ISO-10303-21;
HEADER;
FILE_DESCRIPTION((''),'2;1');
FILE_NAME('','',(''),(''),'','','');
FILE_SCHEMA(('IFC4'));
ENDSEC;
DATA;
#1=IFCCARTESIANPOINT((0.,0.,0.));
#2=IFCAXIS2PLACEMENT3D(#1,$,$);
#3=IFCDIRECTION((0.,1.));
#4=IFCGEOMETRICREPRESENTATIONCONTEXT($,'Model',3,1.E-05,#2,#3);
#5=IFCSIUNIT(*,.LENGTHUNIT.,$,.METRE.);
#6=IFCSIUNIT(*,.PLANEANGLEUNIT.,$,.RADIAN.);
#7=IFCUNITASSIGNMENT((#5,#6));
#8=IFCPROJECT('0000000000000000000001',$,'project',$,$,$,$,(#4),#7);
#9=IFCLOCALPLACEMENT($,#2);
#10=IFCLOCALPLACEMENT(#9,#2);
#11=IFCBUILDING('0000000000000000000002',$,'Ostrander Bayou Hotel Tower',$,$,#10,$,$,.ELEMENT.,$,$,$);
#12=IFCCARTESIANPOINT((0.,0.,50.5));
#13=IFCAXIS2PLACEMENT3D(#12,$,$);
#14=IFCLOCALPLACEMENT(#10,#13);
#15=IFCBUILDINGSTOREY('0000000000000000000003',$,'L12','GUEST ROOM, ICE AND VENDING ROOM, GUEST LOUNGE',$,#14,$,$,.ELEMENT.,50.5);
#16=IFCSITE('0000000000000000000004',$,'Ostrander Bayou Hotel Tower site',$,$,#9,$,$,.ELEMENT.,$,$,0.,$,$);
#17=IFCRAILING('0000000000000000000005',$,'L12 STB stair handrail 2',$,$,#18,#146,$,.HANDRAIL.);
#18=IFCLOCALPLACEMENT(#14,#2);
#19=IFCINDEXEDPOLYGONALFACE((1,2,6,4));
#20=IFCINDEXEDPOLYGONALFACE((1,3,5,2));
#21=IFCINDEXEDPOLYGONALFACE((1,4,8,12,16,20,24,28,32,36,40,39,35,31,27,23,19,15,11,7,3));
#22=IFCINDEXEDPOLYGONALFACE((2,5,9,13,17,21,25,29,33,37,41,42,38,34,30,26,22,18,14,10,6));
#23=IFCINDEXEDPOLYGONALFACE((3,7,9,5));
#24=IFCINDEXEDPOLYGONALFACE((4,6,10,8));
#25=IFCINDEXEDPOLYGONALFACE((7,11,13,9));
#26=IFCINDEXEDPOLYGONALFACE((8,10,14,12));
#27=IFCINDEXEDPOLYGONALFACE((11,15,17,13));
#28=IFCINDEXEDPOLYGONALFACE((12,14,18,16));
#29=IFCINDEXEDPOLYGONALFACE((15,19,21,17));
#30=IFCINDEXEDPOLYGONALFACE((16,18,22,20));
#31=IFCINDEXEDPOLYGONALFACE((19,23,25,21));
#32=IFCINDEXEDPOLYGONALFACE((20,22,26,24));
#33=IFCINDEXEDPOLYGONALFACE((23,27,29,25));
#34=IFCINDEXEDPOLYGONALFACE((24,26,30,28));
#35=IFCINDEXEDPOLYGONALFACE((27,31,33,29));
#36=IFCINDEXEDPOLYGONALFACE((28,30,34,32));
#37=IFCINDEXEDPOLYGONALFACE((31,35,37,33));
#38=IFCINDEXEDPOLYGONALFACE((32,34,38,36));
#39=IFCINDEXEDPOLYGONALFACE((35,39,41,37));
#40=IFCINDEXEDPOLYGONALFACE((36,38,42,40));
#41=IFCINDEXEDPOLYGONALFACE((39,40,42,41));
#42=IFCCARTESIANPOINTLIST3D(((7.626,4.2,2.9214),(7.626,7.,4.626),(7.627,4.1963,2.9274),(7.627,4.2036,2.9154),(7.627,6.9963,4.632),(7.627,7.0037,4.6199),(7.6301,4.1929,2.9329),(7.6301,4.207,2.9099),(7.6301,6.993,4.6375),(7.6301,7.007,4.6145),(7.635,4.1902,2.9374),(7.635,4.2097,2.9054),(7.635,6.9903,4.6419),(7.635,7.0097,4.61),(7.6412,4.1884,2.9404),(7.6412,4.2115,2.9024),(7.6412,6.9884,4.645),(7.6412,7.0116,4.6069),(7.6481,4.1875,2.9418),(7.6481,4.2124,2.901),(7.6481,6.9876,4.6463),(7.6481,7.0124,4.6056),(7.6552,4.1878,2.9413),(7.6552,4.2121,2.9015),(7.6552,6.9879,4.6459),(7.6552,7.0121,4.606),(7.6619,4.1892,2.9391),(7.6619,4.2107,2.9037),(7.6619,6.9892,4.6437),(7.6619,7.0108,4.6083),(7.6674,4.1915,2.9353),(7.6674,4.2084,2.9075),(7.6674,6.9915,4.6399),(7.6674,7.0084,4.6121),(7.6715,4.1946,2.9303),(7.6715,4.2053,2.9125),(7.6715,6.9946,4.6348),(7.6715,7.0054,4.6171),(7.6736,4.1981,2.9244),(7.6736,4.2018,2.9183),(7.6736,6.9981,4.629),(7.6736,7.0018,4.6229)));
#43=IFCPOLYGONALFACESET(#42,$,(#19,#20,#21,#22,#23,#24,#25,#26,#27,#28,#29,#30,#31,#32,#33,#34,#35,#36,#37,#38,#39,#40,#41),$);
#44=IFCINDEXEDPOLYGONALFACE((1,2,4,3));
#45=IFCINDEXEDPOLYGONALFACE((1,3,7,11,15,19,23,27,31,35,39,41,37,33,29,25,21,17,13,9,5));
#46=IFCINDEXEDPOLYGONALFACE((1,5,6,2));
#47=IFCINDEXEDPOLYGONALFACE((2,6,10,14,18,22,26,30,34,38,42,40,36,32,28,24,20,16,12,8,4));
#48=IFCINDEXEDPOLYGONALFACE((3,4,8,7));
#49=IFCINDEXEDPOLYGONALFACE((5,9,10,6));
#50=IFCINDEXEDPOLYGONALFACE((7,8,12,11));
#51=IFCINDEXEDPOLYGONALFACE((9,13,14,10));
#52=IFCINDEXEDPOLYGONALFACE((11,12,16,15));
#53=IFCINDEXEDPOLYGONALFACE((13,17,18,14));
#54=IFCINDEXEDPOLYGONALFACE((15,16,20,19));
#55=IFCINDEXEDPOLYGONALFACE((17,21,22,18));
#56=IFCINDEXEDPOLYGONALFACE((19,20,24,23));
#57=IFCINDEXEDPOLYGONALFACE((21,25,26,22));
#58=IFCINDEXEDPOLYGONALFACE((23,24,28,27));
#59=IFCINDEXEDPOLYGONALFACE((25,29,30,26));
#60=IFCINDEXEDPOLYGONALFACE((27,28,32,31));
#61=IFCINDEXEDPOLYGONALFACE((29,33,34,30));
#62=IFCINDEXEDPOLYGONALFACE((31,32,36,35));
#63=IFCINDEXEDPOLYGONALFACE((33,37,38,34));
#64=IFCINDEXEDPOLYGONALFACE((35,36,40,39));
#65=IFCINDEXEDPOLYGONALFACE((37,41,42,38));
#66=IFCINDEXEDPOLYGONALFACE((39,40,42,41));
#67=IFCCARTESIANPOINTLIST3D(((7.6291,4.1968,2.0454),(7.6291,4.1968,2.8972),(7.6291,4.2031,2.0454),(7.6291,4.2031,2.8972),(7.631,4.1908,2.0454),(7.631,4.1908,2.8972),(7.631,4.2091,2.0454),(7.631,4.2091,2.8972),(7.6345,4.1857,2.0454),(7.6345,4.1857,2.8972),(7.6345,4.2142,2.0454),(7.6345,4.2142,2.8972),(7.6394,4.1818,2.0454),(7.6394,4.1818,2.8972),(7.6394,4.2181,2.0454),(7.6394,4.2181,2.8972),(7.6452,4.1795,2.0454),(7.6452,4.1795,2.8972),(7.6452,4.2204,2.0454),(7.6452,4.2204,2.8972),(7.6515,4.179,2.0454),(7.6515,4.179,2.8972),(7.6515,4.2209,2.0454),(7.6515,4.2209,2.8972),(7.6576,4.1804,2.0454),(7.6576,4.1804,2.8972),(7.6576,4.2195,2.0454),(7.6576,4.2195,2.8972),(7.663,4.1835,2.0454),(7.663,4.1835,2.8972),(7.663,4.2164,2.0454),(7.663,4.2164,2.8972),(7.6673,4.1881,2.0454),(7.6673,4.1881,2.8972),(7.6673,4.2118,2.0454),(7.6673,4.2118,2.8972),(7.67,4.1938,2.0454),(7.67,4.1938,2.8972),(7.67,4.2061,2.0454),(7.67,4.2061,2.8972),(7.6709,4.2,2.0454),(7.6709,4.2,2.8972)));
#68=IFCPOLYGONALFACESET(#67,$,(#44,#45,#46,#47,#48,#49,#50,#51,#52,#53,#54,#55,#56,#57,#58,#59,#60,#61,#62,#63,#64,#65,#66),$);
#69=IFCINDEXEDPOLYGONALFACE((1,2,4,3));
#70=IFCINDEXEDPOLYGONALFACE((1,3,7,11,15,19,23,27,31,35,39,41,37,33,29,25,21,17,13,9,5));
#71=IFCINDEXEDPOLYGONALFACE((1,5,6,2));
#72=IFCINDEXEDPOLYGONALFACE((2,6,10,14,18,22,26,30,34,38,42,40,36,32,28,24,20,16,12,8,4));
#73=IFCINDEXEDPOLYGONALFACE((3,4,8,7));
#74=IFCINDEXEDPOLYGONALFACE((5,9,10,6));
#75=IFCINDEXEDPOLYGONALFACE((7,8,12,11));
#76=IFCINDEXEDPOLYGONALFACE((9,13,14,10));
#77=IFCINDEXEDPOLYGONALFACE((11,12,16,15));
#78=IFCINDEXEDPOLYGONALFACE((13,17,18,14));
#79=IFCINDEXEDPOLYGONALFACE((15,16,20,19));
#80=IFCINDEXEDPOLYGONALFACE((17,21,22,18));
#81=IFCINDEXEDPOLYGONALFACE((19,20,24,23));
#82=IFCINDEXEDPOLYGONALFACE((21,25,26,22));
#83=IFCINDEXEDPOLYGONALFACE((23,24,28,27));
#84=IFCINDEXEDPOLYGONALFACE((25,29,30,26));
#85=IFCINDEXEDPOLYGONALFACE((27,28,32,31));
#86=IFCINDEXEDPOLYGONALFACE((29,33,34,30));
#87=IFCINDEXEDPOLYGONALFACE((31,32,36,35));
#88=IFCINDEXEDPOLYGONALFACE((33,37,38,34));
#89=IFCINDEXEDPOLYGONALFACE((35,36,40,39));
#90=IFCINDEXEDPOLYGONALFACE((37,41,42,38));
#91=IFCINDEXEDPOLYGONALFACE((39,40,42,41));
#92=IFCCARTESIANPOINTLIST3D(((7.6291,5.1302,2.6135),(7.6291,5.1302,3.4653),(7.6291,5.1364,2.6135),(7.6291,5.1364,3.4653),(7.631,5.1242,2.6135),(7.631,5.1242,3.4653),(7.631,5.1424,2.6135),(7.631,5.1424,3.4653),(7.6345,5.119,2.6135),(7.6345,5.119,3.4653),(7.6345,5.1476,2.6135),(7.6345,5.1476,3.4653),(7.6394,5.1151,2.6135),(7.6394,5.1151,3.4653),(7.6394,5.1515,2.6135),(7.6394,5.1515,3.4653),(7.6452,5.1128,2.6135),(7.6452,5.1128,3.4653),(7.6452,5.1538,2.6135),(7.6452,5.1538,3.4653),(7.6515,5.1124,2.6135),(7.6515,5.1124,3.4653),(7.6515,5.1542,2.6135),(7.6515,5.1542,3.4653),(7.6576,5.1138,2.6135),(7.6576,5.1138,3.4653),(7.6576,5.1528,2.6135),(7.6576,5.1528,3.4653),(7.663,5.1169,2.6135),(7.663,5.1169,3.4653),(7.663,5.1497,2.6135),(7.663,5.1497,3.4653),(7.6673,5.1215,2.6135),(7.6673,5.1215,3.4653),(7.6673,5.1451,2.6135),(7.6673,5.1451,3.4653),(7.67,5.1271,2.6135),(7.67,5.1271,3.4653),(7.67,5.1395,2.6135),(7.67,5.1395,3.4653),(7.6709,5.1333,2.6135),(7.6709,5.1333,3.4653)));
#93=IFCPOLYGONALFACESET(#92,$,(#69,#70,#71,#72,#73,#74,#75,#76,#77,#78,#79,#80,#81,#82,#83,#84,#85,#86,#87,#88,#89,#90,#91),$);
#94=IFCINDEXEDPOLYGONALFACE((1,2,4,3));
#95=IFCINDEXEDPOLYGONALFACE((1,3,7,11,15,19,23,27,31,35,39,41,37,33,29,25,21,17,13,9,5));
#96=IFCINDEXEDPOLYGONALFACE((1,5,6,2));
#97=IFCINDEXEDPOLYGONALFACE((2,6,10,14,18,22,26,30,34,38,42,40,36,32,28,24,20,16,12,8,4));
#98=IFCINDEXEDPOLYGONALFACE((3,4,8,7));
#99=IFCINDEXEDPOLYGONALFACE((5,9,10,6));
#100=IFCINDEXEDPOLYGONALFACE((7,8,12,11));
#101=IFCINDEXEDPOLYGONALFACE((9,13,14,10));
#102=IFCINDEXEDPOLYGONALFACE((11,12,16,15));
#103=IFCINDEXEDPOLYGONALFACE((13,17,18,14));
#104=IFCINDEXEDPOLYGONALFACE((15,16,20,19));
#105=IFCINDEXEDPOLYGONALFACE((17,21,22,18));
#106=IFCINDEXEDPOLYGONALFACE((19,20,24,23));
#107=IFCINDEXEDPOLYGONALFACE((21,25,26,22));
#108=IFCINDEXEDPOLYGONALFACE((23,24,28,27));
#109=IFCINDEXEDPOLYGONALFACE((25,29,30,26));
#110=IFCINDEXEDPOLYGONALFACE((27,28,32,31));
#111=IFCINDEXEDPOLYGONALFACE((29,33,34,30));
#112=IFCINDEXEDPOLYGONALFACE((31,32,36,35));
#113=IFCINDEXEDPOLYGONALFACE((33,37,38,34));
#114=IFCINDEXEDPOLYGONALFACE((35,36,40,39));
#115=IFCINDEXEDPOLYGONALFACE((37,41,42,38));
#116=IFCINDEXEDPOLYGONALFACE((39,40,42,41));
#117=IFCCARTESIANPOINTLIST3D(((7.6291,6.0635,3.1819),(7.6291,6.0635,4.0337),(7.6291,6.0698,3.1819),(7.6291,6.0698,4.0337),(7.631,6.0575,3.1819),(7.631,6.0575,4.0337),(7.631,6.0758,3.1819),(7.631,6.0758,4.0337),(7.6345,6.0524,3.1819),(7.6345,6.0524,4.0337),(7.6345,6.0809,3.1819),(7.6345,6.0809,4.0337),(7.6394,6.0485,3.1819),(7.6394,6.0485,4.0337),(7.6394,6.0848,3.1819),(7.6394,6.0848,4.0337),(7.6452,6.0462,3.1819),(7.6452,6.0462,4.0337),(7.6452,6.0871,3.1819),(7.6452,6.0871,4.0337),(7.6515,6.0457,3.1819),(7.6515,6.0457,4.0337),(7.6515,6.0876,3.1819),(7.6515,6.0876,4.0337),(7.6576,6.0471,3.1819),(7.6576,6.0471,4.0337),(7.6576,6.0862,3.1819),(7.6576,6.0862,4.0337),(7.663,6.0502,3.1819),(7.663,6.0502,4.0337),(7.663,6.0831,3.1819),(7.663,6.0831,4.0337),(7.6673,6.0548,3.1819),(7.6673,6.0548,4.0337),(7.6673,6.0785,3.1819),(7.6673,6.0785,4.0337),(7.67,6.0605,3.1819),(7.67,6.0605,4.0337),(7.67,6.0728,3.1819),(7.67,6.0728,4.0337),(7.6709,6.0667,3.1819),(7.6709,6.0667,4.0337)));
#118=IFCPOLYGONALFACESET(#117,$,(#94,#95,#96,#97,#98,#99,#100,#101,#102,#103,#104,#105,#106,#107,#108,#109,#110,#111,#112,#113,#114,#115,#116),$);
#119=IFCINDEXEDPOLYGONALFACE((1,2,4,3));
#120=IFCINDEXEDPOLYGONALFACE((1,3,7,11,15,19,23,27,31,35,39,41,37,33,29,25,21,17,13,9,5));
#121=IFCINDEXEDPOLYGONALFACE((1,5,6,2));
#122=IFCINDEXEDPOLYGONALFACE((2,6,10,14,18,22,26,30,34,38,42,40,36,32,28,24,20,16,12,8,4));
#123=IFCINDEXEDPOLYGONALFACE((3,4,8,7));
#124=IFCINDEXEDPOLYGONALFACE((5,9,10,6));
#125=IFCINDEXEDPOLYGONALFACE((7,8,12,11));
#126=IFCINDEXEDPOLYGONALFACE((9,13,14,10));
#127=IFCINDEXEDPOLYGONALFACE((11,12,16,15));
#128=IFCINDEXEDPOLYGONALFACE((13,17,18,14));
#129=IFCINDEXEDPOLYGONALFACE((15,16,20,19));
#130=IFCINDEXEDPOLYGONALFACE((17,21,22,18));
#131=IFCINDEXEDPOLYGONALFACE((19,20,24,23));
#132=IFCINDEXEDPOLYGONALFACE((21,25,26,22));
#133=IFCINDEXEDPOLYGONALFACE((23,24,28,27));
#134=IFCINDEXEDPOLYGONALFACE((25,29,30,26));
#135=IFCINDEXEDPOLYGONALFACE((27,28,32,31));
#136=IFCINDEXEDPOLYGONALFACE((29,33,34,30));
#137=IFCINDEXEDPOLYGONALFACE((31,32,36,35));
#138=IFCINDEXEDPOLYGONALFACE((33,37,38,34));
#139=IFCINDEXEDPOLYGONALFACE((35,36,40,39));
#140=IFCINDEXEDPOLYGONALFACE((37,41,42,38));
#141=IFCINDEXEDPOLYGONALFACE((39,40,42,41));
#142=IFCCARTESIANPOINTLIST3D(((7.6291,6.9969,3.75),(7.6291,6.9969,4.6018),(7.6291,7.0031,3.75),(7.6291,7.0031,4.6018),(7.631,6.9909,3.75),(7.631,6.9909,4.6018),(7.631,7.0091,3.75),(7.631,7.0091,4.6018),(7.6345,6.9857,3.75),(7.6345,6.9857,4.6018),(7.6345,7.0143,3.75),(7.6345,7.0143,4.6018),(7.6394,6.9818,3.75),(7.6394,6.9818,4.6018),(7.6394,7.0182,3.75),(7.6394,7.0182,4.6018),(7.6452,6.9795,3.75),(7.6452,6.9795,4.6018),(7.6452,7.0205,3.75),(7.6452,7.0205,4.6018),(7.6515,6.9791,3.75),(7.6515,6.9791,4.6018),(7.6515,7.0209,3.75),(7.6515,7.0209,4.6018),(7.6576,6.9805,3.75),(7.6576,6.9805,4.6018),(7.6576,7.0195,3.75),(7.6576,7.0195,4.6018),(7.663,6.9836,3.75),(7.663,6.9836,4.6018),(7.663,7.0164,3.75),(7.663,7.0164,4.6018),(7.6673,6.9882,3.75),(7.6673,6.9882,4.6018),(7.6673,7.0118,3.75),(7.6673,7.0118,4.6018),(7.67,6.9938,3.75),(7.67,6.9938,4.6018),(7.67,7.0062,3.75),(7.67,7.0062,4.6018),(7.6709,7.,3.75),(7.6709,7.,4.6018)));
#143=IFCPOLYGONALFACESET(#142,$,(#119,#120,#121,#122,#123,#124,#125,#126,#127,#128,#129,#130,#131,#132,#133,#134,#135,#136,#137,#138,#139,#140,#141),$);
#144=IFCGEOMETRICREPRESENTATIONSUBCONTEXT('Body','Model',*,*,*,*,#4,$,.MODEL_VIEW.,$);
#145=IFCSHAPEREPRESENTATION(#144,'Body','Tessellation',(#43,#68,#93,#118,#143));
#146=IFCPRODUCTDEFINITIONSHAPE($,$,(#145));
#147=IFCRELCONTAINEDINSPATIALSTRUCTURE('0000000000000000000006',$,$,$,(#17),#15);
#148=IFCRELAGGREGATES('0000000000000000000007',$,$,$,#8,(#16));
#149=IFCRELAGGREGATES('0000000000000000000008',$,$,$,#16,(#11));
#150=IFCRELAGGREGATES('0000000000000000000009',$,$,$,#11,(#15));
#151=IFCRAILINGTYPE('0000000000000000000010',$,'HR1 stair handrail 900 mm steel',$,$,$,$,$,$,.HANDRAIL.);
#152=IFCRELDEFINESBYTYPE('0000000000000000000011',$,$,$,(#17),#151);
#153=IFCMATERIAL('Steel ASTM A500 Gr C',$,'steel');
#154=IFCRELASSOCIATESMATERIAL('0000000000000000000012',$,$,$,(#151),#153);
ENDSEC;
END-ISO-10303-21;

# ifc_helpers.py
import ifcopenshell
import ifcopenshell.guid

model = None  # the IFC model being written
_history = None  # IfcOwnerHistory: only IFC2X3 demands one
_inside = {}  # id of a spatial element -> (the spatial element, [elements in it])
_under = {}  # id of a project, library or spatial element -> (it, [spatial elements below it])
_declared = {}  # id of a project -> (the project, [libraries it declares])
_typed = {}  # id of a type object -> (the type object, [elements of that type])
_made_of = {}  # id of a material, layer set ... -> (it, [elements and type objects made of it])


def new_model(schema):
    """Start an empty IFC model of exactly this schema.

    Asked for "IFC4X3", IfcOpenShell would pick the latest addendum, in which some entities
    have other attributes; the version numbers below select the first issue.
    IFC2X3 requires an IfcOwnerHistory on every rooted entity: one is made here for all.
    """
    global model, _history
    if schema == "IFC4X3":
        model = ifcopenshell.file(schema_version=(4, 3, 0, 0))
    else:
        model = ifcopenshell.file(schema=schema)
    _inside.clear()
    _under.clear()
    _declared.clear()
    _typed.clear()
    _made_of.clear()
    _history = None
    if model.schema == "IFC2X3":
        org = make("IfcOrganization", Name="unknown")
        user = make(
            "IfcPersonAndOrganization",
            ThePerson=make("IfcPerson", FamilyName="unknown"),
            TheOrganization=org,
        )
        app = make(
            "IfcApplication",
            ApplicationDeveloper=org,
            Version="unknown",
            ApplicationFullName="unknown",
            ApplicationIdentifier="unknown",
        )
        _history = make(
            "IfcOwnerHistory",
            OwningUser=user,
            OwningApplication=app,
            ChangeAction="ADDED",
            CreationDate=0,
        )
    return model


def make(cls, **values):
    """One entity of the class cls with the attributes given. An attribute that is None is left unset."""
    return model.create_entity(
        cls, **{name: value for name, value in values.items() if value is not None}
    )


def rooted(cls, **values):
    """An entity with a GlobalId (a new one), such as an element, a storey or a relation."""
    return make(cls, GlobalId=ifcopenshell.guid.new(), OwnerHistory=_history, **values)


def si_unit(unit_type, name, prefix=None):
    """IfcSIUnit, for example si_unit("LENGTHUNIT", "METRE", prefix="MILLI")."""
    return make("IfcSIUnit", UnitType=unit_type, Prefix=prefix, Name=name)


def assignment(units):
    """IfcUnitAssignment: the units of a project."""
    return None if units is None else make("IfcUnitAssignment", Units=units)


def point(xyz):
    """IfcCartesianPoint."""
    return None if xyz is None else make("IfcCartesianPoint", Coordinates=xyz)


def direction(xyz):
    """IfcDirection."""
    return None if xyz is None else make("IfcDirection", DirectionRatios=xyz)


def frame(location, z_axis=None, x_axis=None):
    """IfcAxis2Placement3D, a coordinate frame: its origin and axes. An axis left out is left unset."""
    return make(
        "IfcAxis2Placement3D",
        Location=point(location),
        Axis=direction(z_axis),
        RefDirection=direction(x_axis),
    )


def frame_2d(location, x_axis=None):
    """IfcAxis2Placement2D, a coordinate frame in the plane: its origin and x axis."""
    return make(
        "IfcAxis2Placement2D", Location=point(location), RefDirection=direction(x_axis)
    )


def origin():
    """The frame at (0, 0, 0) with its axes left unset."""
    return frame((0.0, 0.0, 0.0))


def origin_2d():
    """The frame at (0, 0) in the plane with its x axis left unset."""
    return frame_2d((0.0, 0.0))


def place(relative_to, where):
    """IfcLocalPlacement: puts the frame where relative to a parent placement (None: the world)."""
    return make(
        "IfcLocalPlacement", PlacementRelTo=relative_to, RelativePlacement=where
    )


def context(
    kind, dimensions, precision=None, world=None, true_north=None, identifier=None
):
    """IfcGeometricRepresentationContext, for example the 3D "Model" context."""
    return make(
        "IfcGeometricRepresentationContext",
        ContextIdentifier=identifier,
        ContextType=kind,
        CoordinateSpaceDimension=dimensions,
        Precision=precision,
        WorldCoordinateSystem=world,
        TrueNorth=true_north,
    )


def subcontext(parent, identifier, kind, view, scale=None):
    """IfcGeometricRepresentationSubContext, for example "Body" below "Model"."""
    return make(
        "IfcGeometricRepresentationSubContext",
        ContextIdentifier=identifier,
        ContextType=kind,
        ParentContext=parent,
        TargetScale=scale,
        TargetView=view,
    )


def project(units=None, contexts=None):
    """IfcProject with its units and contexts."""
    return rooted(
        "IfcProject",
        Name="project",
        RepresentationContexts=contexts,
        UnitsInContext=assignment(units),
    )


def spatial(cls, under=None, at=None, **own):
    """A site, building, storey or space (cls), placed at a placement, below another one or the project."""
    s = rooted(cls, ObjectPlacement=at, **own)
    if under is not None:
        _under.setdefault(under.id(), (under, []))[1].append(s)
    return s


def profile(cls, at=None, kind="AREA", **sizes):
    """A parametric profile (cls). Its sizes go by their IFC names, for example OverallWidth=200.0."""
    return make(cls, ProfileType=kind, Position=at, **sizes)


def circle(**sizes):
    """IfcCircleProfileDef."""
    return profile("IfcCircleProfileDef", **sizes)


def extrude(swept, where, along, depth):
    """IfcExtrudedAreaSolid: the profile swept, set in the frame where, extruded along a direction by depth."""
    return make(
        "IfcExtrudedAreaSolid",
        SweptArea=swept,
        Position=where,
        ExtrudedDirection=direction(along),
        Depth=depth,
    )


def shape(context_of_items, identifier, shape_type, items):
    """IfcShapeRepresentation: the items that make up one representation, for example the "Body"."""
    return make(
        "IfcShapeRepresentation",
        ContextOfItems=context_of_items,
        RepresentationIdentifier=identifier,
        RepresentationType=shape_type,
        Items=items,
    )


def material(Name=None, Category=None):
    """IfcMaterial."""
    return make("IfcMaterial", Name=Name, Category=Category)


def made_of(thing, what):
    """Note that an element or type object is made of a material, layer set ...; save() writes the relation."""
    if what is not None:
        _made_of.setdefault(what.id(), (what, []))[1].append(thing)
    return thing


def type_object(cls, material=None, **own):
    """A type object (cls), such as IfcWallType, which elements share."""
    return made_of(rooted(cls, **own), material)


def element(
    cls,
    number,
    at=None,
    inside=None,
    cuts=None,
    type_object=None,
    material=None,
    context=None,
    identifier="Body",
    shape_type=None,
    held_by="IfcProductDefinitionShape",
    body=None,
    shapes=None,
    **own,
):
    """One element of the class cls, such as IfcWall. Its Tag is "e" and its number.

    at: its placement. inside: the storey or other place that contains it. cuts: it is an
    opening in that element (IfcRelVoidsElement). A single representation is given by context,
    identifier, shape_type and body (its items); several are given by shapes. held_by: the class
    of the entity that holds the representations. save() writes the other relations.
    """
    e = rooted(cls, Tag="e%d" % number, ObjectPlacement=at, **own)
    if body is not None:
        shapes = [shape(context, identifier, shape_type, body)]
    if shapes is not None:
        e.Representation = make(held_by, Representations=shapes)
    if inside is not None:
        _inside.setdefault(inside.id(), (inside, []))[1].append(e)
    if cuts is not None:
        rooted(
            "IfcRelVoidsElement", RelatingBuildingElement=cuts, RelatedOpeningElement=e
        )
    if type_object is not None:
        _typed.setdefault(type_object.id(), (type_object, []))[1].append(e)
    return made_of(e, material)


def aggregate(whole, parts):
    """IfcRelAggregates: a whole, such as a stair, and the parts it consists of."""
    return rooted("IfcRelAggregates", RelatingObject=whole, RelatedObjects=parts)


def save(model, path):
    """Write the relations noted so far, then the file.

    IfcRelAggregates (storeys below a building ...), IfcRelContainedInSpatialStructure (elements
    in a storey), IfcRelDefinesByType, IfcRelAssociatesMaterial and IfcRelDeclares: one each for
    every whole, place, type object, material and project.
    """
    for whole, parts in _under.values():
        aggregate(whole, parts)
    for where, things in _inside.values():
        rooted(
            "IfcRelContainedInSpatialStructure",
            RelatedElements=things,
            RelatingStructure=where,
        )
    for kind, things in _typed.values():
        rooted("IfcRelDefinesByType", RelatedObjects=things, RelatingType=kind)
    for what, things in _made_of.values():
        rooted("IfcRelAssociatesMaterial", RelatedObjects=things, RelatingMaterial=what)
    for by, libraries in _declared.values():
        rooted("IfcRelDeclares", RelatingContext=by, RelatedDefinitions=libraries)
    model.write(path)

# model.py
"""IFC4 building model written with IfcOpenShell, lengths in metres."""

from ifc_helpers import new_model, si_unit, direction, frame, origin, origin_2d, place, context, subcontext, project, spatial, circle, extrude, material, type_object, element, save


model = new_model("IFC4")

# Units and contexts
model_context = context("Model", 3, precision=1e-05, world=origin(), true_north=direction((0.0, 1.0)))
body_context = subcontext(model_context, "Body", "Model", "MODEL_VIEW")
ifc_project = project(units=[si_unit("LENGTHUNIT", "METRE"), si_unit("PLANEANGLEUNIT", "RADIAN")], contexts=[model_context])

# Site, building, storey
site_placement = place(None, origin())
site = spatial("IfcSite", under=ifc_project, at=site_placement, Name="Ostrander Bayou Hotel Tower site", CompositionType="ELEMENT", RefElevation=0.0)
building_placement = place(site_placement, origin())
building = spatial("IfcBuilding", under=site, at=building_placement, Name="Ostrander Bayou Hotel Tower", CompositionType="ELEMENT")
storey_placement = place(building_placement, frame((0.0, 0.0, 50.5)))
storey = spatial("IfcBuildingStorey", under=building, at=storey_placement, Name="L12", Description="GUEST ROOM, ICE AND VENDING ROOM, GUEST LOUNGE", CompositionType="ELEMENT", Elevation=50.5)

# Railing
ifc_material_1 = material(Name="Steel ASTM A500 Gr C", Category="steel")
railing_type = type_object("IfcRailingType", Name="HR1 stair handrail 900 mm steel", PredefinedType="HANDRAIL", material=ifc_material_1)
railing_placement = place(storey_placement, frame((7.6499, 4.2, 2.0454)))
element("IfcRailing", 1, at=railing_placement, inside=storey, type_object=railing_type, Name="L12 STB stair handrail 2", PredefinedType="HANDRAIL", context=body_context, shape_type="SweptSolid", body=[
    extrude(circle(Radius=0.0239, at=origin_2d()), frame((0.0, 0.0, 0.876), z_axis=(0.0, 0.85417, 0.519994), x_axis=(-1.0, 0.0, 0.0)), (0.0, 0.0, 1.0), 3.2781),
    extrude(circle(Radius=0.021, at=origin_2d()), origin(), (0.0, 0.0, 1.0), 0.8518),
    extrude(circle(Radius=0.021, at=origin_2d()), frame((0.0, 0.9333, 0.5681)), (0.0, 0.0, 1.0), 0.8518),
    extrude(circle(Radius=0.021, at=origin_2d()), frame((0.0, 1.8667, 1.1365)), (0.0, 0.0, 1.0), 0.8518),
    extrude(circle(Radius=0.021, at=origin_2d()), frame((0.0, 2.8, 1.7046)), (0.0, 0.0, 1.0), 0.8518),
])

save(model, "model.ifc")
